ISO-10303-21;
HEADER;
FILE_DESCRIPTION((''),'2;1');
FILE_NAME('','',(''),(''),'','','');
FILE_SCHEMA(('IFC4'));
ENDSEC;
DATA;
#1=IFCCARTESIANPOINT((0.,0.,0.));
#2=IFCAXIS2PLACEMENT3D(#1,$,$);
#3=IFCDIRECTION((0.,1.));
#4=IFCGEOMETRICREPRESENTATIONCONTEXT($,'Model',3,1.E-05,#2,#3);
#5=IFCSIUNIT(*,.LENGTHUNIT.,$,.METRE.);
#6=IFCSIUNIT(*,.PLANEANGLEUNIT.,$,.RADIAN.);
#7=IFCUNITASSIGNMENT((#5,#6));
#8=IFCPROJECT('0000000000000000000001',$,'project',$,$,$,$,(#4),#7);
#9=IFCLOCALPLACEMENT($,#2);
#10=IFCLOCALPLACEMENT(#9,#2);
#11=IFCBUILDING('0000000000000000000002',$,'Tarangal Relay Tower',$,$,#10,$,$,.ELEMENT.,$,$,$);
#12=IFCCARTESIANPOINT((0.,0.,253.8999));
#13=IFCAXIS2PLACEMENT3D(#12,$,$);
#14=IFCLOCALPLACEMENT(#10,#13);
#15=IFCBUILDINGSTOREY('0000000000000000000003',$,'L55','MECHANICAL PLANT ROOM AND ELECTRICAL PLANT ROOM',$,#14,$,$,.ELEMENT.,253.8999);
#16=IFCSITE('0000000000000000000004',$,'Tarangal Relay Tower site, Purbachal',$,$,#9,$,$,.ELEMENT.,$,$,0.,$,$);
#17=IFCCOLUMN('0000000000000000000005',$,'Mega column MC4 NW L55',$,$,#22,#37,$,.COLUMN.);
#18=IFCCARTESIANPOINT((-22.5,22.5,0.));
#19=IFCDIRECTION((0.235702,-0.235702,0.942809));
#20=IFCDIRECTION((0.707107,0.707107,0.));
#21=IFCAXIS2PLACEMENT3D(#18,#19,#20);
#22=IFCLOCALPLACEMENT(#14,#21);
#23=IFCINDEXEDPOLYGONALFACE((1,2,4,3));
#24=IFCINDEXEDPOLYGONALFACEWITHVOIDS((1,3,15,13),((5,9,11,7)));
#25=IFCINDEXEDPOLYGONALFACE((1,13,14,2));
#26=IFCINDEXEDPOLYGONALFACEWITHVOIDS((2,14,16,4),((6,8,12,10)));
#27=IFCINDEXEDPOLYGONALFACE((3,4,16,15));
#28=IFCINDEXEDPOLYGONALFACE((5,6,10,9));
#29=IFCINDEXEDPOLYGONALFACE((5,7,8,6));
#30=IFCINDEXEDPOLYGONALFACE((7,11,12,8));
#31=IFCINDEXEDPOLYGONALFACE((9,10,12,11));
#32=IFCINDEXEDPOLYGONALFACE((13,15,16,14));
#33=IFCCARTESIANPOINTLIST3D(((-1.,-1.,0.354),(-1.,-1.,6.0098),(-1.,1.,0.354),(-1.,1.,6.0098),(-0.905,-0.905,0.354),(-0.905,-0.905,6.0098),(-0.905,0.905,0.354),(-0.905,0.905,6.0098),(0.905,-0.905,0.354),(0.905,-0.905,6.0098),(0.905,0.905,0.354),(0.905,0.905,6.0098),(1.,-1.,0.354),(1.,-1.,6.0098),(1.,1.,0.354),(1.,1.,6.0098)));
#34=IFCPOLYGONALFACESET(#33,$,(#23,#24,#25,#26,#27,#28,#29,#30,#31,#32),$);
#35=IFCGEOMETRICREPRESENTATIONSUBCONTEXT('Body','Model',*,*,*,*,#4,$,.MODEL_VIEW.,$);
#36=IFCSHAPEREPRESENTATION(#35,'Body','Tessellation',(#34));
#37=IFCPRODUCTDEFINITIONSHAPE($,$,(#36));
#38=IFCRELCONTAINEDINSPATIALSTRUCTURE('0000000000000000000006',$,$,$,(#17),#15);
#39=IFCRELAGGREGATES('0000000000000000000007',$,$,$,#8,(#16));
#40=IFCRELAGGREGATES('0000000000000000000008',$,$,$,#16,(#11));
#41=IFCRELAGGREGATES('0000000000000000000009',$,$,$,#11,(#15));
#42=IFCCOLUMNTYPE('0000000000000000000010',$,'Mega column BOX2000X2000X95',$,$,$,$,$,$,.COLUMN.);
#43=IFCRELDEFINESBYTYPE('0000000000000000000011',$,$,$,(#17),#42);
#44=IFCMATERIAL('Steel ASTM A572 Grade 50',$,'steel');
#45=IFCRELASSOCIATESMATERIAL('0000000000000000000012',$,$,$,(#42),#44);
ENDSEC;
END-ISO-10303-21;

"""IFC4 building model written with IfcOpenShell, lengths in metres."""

from ifc_helpers import new_model, si_unit, direction, frame, origin, origin_2d, place, context, subcontext, project, spatial, hollow_rectangle, extrude, clip, halfspace, material, material_profile, profile_set, type_object, element, save


model = new_model("IFC4")

# Units and contexts
model_context = context("Model", 3, precision=1e-05, world=origin(), true_north=direction((0.0, 1.0)))
body_context = subcontext(model_context, "Body", "Model", "MODEL_VIEW")
ifc_project = project(units=[si_unit("LENGTHUNIT", "METRE"), si_unit("PLANEANGLEUNIT", "RADIAN")], contexts=[model_context])

# Site, building, storey
site_placement = place(None, origin())
site = spatial("IfcSite", under=ifc_project, at=site_placement, Name="Tarangal Relay Tower site, Purbachal", CompositionType="ELEMENT", RefElevation=0.0)
building_placement = place(site_placement, origin())
building = spatial("IfcBuilding", under=site, at=building_placement, Name="Tarangal Relay Tower", CompositionType="ELEMENT")
storey_placement = place(building_placement, frame((0.0, 0.0, 253.8999)))
storey = spatial("IfcBuildingStorey", under=building, at=storey_placement, Name="L55", Description="MECHANICAL PLANT ROOM AND ELECTRICAL PLANT ROOM", CompositionType="ELEMENT", Elevation=253.8999)

# Column
ifc_material_1 = material(Name="Steel ASTM A572 Grade 50", Category="steel")
ifc_material_profile_1 = material_profile(ifc_material_1, hollow_rectangle(XDim=2.0, YDim=2.0, WallThickness=0.095, at=origin_2d()), Name="BOX2000X2000X95")
ifc_profile_set_1 = profile_set([ifc_material_profile_1], Name="Steel ASTM A572 Grade 50")
column_type = type_object("IfcColumnType", Name="Mega column BOX2000X2000X95", PredefinedType="COLUMN", material=ifc_profile_set_1)
column_placement = place(storey_placement, frame((-22.5, 22.5, 0.0), z_axis=(0.235702, -0.235702, 0.942809), x_axis=(0.707107, 0.707107, 0.0)))
element("IfcColumn", 1, at=column_placement, inside=storey, type_object=column_type, Name="Mega column MC4 NW L55", PredefinedType="COLUMN", context=body_context, shape_type="Clipping", body=[
    clip(clip(extrude(hollow_rectangle(XDim=2.0, YDim=2.0, WallThickness=0.095, at=origin_2d()), origin(), (0.0, 0.0, 1.0), 6.364), halfspace(frame((0.0, 0.0, 0.354)), True)), halfspace(frame((0.0, 0.0, 6.0098)), False)),
])

save(model, "model.ifc")
